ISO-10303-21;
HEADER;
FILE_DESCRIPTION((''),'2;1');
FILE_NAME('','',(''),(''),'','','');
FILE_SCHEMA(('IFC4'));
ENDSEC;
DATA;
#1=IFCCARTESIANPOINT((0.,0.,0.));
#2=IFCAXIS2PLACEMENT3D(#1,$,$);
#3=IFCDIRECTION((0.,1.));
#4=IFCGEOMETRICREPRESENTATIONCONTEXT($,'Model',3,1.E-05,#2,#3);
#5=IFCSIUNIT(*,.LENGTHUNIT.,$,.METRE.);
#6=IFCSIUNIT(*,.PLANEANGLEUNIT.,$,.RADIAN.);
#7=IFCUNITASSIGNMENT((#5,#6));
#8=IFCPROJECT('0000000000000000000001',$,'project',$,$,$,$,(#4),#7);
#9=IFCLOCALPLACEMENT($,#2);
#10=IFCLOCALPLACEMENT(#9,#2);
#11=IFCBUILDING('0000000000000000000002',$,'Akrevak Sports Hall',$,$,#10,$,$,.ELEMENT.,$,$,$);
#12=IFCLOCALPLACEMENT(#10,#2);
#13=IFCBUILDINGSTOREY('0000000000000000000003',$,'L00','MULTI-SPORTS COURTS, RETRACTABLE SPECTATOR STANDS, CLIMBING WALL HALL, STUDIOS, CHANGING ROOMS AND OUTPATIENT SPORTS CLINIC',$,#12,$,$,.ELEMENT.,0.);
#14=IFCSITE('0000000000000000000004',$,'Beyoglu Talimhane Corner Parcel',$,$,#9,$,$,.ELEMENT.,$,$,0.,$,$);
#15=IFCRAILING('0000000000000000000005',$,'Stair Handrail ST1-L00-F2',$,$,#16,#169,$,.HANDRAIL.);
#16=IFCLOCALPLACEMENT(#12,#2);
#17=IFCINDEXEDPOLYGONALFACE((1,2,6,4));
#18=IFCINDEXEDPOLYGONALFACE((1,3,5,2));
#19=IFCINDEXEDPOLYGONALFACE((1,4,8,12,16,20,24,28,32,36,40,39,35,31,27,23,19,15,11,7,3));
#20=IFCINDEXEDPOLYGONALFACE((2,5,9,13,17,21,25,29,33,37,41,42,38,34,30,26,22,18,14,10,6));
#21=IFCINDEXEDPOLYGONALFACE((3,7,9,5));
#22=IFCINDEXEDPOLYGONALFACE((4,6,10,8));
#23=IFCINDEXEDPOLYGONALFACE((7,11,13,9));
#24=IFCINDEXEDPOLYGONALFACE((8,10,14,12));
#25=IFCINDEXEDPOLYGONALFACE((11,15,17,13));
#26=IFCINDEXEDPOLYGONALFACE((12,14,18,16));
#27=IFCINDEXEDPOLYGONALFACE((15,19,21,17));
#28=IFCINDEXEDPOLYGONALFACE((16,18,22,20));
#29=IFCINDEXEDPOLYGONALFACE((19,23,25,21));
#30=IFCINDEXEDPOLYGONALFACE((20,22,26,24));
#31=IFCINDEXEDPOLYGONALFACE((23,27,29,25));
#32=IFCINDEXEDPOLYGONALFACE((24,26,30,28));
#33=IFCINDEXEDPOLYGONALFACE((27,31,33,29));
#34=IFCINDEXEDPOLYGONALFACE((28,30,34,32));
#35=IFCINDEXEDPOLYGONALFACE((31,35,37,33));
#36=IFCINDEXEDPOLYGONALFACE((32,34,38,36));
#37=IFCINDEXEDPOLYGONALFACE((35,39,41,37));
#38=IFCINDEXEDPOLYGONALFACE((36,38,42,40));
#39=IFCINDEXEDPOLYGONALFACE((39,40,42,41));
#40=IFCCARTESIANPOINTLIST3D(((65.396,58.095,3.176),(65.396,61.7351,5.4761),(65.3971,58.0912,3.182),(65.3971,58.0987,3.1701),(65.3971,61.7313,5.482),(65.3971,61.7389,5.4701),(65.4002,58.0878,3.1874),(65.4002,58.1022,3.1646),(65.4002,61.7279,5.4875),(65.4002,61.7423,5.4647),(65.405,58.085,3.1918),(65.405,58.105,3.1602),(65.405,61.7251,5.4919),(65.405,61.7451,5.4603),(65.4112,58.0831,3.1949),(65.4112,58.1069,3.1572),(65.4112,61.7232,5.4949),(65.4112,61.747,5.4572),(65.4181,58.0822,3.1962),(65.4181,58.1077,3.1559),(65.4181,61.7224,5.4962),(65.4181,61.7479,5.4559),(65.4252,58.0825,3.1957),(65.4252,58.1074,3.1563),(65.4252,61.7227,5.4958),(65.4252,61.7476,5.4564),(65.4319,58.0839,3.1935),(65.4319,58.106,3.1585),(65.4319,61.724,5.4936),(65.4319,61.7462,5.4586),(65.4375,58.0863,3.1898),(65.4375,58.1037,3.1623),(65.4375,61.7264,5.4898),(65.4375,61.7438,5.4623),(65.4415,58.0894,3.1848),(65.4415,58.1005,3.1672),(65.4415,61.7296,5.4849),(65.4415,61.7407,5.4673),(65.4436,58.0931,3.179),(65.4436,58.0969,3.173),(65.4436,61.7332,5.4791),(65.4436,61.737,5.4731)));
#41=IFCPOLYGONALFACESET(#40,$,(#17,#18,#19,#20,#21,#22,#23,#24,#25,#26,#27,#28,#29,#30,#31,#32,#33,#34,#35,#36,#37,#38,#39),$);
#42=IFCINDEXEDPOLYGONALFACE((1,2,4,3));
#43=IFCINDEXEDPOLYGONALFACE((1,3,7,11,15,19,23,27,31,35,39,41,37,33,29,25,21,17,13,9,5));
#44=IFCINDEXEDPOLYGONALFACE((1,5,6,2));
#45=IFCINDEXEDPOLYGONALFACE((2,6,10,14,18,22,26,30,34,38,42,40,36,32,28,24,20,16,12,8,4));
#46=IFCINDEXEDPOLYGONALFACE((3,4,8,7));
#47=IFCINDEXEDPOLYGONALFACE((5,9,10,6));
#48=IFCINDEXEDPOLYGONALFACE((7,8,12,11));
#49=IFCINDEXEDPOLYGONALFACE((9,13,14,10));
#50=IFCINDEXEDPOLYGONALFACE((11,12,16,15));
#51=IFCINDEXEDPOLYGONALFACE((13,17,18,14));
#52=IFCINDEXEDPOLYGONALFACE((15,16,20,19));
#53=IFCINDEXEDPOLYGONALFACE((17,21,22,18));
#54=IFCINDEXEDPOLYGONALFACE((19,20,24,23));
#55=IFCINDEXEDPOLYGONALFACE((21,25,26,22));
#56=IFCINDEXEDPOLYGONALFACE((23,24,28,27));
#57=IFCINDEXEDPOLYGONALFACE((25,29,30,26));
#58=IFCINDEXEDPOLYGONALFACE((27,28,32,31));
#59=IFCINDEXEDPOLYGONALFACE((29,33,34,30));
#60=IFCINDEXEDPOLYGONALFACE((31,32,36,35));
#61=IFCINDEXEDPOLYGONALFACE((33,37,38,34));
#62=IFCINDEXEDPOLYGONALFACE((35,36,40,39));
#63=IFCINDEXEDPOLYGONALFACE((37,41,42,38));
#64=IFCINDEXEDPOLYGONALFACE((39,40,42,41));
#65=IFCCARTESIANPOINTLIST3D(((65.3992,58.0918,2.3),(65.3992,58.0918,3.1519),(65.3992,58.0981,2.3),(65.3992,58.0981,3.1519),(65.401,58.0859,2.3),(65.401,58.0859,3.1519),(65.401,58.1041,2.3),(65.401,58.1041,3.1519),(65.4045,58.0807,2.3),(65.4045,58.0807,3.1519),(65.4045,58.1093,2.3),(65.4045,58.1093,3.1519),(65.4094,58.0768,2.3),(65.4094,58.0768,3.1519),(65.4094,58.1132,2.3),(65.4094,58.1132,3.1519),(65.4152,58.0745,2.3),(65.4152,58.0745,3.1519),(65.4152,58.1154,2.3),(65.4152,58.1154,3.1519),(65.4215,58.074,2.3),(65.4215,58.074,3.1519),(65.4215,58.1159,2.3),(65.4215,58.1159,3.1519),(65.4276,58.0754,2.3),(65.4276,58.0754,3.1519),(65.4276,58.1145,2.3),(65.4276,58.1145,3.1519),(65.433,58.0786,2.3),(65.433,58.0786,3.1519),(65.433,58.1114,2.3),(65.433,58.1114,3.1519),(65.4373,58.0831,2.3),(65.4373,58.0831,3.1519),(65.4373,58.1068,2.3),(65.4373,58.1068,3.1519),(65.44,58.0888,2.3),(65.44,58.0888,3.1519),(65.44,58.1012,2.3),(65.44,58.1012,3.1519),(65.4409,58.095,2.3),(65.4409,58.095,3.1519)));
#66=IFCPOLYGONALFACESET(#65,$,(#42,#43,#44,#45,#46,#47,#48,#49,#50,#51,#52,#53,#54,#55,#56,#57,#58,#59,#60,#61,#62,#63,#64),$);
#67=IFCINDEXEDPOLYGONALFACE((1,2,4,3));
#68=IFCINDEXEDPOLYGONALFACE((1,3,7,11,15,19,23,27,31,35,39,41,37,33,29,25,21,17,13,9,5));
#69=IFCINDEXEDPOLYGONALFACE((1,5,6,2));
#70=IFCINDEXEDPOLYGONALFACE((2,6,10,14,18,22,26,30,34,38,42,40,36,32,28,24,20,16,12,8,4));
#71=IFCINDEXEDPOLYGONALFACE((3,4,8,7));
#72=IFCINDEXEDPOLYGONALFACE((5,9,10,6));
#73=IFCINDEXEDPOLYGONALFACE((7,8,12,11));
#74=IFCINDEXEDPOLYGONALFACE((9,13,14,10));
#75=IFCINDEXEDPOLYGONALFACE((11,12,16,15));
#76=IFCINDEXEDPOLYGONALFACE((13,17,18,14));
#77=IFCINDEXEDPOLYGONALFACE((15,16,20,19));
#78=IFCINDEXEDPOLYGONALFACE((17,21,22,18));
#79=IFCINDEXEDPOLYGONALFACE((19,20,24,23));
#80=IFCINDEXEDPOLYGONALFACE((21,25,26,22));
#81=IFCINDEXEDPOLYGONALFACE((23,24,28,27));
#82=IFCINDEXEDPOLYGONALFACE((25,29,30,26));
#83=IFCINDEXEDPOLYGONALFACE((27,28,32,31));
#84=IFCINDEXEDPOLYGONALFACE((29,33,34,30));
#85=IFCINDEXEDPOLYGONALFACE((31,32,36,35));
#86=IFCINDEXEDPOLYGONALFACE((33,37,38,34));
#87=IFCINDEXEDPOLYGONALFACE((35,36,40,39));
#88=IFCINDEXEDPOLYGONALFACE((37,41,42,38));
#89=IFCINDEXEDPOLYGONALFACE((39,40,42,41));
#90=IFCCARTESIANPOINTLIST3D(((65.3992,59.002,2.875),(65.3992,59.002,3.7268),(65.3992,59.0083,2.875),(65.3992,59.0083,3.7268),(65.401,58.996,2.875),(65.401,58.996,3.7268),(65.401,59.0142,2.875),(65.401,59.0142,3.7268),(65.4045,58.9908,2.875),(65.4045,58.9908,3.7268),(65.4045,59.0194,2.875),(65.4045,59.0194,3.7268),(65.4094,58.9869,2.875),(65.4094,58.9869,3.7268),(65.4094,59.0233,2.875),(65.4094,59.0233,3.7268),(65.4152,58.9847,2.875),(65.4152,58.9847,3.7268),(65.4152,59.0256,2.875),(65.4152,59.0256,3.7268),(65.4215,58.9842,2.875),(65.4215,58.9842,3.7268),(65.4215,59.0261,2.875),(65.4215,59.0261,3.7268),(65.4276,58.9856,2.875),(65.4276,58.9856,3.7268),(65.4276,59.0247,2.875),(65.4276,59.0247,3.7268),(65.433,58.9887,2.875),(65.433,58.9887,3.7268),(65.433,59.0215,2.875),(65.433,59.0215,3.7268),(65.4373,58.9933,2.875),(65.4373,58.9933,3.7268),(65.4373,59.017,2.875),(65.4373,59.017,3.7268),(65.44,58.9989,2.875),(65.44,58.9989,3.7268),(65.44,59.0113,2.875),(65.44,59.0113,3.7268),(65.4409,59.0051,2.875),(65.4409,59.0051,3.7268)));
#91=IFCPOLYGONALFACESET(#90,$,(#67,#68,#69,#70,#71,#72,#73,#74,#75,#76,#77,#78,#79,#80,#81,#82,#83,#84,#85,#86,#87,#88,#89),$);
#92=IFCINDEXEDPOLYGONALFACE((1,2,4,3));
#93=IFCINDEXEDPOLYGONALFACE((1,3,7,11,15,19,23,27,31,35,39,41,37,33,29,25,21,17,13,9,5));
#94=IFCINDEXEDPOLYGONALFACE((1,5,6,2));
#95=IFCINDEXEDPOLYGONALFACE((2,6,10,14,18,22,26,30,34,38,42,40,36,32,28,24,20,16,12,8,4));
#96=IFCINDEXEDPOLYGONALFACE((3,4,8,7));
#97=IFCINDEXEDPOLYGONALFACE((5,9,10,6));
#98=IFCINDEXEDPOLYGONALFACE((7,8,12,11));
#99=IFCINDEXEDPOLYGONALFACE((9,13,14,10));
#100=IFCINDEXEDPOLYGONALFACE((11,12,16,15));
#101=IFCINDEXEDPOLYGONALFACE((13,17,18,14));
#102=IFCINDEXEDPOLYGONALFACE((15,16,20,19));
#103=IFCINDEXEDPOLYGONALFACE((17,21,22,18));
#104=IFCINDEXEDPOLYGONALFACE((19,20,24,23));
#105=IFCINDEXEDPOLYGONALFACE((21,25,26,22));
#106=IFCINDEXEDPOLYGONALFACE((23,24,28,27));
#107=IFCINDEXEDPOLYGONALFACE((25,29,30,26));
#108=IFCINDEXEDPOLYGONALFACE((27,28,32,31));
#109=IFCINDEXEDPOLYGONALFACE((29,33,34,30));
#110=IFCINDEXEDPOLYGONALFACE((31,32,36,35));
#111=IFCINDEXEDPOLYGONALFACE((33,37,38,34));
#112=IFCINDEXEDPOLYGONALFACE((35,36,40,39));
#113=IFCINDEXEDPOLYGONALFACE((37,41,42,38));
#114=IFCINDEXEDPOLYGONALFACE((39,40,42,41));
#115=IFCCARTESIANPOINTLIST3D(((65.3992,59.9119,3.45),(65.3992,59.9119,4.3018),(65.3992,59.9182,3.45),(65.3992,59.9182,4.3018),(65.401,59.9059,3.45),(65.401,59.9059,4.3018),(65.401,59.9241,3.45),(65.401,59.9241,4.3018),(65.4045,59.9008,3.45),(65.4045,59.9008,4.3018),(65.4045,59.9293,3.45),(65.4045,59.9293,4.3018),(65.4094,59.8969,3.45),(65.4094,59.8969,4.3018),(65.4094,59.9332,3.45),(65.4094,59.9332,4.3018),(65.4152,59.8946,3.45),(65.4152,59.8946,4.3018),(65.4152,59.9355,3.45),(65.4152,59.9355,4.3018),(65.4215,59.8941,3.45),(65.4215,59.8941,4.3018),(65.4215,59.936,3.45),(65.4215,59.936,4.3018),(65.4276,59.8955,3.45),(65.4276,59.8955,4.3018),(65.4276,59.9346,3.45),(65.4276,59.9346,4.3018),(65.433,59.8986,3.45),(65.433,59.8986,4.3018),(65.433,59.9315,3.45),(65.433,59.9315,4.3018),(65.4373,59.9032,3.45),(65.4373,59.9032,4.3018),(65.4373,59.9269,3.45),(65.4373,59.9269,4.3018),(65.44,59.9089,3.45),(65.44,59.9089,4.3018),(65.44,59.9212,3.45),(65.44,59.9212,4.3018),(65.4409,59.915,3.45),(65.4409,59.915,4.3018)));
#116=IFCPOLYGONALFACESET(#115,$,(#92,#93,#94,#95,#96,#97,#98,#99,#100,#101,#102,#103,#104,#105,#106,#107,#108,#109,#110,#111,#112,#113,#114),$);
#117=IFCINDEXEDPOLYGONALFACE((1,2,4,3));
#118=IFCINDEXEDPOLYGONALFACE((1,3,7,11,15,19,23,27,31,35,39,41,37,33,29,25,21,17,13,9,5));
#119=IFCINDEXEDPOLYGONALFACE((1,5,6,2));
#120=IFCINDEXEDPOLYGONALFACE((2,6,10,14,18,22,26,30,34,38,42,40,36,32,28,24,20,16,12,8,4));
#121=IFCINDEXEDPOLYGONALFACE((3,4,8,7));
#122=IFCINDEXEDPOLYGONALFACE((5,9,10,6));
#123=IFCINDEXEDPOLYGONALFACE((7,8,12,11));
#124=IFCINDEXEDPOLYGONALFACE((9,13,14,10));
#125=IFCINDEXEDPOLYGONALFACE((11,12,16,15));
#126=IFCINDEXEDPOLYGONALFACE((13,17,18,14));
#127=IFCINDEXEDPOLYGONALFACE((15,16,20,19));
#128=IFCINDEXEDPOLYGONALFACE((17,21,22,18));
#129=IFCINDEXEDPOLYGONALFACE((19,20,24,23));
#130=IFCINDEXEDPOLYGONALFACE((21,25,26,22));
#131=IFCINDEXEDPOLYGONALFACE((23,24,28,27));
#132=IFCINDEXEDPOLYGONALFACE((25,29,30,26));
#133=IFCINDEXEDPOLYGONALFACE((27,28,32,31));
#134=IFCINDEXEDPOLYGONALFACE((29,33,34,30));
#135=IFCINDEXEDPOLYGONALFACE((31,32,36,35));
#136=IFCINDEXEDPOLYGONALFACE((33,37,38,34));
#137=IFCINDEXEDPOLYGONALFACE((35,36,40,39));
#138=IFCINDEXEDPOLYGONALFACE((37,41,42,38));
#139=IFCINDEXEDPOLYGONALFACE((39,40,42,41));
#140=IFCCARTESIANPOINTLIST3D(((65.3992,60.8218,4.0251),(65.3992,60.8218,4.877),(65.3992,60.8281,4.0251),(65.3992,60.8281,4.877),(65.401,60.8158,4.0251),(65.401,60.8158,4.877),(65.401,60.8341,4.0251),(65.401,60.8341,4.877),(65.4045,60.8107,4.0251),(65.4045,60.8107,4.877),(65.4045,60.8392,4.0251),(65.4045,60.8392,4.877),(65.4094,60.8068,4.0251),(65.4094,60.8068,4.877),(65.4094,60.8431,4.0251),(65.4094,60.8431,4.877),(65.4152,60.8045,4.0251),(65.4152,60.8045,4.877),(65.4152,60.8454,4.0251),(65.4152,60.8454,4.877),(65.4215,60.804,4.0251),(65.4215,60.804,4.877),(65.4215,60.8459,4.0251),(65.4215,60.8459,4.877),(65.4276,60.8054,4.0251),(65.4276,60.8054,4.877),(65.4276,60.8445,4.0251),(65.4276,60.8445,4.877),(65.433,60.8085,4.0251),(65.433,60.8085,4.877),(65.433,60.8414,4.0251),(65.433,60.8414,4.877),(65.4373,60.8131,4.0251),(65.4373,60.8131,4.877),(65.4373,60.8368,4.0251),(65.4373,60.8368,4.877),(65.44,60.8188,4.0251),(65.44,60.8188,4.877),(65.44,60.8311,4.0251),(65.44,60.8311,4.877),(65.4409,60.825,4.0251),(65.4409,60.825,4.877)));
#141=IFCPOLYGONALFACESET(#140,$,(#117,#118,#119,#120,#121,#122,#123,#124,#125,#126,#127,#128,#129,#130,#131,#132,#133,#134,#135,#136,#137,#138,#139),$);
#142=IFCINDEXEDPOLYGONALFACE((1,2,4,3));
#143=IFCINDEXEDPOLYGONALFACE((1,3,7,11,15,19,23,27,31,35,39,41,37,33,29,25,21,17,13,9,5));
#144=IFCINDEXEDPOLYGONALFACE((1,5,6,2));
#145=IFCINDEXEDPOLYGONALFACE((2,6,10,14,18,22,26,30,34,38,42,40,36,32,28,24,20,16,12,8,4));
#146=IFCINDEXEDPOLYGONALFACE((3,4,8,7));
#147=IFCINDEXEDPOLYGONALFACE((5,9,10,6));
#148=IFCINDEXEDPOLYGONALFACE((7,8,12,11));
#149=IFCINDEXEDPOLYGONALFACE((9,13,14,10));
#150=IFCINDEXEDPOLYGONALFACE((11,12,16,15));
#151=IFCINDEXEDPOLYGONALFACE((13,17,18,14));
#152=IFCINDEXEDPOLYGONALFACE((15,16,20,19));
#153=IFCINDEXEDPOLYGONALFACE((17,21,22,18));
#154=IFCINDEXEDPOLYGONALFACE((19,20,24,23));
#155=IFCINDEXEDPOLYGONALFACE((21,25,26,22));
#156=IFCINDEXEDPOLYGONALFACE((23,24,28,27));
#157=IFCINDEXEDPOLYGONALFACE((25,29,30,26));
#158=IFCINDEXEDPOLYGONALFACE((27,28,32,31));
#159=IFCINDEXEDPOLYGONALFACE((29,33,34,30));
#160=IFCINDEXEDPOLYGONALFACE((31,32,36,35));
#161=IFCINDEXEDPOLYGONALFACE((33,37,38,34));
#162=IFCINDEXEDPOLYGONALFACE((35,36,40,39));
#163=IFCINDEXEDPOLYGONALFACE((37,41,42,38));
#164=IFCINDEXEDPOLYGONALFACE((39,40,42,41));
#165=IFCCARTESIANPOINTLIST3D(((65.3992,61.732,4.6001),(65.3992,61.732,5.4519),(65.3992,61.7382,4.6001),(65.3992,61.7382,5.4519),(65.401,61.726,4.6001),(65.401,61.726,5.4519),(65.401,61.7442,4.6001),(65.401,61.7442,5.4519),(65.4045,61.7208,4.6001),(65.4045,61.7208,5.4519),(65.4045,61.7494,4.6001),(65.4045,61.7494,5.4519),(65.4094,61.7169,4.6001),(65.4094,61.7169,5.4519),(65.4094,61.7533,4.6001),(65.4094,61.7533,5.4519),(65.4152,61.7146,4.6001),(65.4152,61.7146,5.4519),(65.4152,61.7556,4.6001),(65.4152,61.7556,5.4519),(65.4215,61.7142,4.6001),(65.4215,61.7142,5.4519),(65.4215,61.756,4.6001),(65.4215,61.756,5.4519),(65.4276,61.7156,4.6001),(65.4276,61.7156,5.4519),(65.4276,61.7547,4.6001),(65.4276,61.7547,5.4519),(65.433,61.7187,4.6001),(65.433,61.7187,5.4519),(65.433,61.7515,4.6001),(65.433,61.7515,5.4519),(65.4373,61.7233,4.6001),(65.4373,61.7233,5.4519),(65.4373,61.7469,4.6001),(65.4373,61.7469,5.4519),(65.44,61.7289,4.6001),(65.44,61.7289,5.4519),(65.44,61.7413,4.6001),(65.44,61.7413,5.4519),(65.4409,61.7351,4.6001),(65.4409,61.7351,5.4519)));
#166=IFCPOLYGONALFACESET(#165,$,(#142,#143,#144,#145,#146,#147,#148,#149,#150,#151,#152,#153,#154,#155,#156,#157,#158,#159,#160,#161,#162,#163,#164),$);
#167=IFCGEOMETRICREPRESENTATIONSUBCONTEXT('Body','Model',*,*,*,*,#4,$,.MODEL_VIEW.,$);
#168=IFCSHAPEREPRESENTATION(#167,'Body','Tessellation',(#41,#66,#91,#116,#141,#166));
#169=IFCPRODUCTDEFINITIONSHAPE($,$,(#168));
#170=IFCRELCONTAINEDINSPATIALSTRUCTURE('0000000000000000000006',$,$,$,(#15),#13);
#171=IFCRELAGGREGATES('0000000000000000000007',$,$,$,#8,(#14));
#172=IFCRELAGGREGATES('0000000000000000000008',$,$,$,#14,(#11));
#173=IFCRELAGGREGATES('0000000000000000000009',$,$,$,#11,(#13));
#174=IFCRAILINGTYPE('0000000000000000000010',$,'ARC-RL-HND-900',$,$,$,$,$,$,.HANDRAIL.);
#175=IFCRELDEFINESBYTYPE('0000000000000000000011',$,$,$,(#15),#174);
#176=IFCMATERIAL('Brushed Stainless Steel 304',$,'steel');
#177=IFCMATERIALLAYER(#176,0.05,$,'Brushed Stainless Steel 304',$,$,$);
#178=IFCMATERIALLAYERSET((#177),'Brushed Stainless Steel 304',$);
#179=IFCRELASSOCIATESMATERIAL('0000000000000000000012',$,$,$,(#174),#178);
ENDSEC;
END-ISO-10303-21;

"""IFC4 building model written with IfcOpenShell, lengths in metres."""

from ifc_helpers import new_model, si_unit, direction, frame, origin, origin_2d, place, context, subcontext, project, spatial, circle, extrude, material, layer, layer_set, type_object, element, save


model = new_model("IFC4")

# Units and contexts
model_context = context("Model", 3, precision=1e-05, world=origin(), true_north=direction((0.0, 1.0)))
body_context = subcontext(model_context, "Body", "Model", "MODEL_VIEW")
ifc_project = project(units=[si_unit("LENGTHUNIT", "METRE"), si_unit("PLANEANGLEUNIT", "RADIAN")], contexts=[model_context])

# Site, building, storey
site_placement = place(None, origin())
site = spatial("IfcSite", under=ifc_project, at=site_placement, Name="Beyoglu Talimhane Corner Parcel", CompositionType="ELEMENT", RefElevation=0.0)
building_placement = place(site_placement, origin())
building = spatial("IfcBuilding", under=site, at=building_placement, Name="Akrevak Sports Hall", CompositionType="ELEMENT")
storey_placement = place(building_placement, origin())
storey = spatial("IfcBuildingStorey", under=building, at=storey_placement, Name="L00", Description="MULTI-SPORTS COURTS, RETRACTABLE SPECTATOR STANDS, CLIMBING WALL HALL, STUDIOS, CHANGING ROOMS AND OUTPATIENT SPORTS CLINIC", CompositionType="ELEMENT", Elevation=0.0)

# Railing
ifc_material_1 = material(Name="Brushed Stainless Steel 304", Category="steel")
ifc_layer_1 = layer(ifc_material_1, 0.05, Name="Brushed Stainless Steel 304")
ifc_layer_set_1 = layer_set([ifc_layer_1], Name="Brushed Stainless Steel 304")
railing_type_1 = type_object("IfcRailingType", Name="ARC-RL-HND-900", PredefinedType="HANDRAIL", material=ifc_layer_set_1)
railing_1_placement = place(storey_placement, frame((65.4199, 58.095, 2.3)))
element("IfcRailing", 1, at=railing_1_placement, inside=storey, type_object=railing_type_1, Name="Stair Handrail ST1-L00-F2", PredefinedType="HANDRAIL", context=body_context, shape_type="SweptSolid", body=[
    extrude(circle(Radius=0.0239, at=origin_2d()), frame((0.0, 0.0, 0.876), z_axis=(0.0, 0.845382, 0.534162), x_axis=(-1.0, 0.0, 0.0)), (0.0, 0.0, 1.0), 4.3059),
    extrude(circle(Radius=0.021, at=origin_2d()), origin(), (0.0, 0.0, 1.0), 0.8518),
    extrude(circle(Radius=0.021, at=origin_2d()), frame((0.0, 0.9102, 0.575)), (0.0, 0.0, 1.0), 0.8518),
    extrude(circle(Radius=0.021, at=origin_2d()), frame((0.0, 1.8201, 1.1499)), (0.0, 0.0, 1.0), 0.8518),
    extrude(circle(Radius=0.021, at=origin_2d()), frame((0.0, 2.73, 1.7251)), (0.0, 0.0, 1.0), 0.8518),
    extrude(circle(Radius=0.021, at=origin_2d()), frame((0.0, 3.6401, 2.3)), (0.0, 0.0, 1.0), 0.8518),
])

save(model, "model.ifc")
